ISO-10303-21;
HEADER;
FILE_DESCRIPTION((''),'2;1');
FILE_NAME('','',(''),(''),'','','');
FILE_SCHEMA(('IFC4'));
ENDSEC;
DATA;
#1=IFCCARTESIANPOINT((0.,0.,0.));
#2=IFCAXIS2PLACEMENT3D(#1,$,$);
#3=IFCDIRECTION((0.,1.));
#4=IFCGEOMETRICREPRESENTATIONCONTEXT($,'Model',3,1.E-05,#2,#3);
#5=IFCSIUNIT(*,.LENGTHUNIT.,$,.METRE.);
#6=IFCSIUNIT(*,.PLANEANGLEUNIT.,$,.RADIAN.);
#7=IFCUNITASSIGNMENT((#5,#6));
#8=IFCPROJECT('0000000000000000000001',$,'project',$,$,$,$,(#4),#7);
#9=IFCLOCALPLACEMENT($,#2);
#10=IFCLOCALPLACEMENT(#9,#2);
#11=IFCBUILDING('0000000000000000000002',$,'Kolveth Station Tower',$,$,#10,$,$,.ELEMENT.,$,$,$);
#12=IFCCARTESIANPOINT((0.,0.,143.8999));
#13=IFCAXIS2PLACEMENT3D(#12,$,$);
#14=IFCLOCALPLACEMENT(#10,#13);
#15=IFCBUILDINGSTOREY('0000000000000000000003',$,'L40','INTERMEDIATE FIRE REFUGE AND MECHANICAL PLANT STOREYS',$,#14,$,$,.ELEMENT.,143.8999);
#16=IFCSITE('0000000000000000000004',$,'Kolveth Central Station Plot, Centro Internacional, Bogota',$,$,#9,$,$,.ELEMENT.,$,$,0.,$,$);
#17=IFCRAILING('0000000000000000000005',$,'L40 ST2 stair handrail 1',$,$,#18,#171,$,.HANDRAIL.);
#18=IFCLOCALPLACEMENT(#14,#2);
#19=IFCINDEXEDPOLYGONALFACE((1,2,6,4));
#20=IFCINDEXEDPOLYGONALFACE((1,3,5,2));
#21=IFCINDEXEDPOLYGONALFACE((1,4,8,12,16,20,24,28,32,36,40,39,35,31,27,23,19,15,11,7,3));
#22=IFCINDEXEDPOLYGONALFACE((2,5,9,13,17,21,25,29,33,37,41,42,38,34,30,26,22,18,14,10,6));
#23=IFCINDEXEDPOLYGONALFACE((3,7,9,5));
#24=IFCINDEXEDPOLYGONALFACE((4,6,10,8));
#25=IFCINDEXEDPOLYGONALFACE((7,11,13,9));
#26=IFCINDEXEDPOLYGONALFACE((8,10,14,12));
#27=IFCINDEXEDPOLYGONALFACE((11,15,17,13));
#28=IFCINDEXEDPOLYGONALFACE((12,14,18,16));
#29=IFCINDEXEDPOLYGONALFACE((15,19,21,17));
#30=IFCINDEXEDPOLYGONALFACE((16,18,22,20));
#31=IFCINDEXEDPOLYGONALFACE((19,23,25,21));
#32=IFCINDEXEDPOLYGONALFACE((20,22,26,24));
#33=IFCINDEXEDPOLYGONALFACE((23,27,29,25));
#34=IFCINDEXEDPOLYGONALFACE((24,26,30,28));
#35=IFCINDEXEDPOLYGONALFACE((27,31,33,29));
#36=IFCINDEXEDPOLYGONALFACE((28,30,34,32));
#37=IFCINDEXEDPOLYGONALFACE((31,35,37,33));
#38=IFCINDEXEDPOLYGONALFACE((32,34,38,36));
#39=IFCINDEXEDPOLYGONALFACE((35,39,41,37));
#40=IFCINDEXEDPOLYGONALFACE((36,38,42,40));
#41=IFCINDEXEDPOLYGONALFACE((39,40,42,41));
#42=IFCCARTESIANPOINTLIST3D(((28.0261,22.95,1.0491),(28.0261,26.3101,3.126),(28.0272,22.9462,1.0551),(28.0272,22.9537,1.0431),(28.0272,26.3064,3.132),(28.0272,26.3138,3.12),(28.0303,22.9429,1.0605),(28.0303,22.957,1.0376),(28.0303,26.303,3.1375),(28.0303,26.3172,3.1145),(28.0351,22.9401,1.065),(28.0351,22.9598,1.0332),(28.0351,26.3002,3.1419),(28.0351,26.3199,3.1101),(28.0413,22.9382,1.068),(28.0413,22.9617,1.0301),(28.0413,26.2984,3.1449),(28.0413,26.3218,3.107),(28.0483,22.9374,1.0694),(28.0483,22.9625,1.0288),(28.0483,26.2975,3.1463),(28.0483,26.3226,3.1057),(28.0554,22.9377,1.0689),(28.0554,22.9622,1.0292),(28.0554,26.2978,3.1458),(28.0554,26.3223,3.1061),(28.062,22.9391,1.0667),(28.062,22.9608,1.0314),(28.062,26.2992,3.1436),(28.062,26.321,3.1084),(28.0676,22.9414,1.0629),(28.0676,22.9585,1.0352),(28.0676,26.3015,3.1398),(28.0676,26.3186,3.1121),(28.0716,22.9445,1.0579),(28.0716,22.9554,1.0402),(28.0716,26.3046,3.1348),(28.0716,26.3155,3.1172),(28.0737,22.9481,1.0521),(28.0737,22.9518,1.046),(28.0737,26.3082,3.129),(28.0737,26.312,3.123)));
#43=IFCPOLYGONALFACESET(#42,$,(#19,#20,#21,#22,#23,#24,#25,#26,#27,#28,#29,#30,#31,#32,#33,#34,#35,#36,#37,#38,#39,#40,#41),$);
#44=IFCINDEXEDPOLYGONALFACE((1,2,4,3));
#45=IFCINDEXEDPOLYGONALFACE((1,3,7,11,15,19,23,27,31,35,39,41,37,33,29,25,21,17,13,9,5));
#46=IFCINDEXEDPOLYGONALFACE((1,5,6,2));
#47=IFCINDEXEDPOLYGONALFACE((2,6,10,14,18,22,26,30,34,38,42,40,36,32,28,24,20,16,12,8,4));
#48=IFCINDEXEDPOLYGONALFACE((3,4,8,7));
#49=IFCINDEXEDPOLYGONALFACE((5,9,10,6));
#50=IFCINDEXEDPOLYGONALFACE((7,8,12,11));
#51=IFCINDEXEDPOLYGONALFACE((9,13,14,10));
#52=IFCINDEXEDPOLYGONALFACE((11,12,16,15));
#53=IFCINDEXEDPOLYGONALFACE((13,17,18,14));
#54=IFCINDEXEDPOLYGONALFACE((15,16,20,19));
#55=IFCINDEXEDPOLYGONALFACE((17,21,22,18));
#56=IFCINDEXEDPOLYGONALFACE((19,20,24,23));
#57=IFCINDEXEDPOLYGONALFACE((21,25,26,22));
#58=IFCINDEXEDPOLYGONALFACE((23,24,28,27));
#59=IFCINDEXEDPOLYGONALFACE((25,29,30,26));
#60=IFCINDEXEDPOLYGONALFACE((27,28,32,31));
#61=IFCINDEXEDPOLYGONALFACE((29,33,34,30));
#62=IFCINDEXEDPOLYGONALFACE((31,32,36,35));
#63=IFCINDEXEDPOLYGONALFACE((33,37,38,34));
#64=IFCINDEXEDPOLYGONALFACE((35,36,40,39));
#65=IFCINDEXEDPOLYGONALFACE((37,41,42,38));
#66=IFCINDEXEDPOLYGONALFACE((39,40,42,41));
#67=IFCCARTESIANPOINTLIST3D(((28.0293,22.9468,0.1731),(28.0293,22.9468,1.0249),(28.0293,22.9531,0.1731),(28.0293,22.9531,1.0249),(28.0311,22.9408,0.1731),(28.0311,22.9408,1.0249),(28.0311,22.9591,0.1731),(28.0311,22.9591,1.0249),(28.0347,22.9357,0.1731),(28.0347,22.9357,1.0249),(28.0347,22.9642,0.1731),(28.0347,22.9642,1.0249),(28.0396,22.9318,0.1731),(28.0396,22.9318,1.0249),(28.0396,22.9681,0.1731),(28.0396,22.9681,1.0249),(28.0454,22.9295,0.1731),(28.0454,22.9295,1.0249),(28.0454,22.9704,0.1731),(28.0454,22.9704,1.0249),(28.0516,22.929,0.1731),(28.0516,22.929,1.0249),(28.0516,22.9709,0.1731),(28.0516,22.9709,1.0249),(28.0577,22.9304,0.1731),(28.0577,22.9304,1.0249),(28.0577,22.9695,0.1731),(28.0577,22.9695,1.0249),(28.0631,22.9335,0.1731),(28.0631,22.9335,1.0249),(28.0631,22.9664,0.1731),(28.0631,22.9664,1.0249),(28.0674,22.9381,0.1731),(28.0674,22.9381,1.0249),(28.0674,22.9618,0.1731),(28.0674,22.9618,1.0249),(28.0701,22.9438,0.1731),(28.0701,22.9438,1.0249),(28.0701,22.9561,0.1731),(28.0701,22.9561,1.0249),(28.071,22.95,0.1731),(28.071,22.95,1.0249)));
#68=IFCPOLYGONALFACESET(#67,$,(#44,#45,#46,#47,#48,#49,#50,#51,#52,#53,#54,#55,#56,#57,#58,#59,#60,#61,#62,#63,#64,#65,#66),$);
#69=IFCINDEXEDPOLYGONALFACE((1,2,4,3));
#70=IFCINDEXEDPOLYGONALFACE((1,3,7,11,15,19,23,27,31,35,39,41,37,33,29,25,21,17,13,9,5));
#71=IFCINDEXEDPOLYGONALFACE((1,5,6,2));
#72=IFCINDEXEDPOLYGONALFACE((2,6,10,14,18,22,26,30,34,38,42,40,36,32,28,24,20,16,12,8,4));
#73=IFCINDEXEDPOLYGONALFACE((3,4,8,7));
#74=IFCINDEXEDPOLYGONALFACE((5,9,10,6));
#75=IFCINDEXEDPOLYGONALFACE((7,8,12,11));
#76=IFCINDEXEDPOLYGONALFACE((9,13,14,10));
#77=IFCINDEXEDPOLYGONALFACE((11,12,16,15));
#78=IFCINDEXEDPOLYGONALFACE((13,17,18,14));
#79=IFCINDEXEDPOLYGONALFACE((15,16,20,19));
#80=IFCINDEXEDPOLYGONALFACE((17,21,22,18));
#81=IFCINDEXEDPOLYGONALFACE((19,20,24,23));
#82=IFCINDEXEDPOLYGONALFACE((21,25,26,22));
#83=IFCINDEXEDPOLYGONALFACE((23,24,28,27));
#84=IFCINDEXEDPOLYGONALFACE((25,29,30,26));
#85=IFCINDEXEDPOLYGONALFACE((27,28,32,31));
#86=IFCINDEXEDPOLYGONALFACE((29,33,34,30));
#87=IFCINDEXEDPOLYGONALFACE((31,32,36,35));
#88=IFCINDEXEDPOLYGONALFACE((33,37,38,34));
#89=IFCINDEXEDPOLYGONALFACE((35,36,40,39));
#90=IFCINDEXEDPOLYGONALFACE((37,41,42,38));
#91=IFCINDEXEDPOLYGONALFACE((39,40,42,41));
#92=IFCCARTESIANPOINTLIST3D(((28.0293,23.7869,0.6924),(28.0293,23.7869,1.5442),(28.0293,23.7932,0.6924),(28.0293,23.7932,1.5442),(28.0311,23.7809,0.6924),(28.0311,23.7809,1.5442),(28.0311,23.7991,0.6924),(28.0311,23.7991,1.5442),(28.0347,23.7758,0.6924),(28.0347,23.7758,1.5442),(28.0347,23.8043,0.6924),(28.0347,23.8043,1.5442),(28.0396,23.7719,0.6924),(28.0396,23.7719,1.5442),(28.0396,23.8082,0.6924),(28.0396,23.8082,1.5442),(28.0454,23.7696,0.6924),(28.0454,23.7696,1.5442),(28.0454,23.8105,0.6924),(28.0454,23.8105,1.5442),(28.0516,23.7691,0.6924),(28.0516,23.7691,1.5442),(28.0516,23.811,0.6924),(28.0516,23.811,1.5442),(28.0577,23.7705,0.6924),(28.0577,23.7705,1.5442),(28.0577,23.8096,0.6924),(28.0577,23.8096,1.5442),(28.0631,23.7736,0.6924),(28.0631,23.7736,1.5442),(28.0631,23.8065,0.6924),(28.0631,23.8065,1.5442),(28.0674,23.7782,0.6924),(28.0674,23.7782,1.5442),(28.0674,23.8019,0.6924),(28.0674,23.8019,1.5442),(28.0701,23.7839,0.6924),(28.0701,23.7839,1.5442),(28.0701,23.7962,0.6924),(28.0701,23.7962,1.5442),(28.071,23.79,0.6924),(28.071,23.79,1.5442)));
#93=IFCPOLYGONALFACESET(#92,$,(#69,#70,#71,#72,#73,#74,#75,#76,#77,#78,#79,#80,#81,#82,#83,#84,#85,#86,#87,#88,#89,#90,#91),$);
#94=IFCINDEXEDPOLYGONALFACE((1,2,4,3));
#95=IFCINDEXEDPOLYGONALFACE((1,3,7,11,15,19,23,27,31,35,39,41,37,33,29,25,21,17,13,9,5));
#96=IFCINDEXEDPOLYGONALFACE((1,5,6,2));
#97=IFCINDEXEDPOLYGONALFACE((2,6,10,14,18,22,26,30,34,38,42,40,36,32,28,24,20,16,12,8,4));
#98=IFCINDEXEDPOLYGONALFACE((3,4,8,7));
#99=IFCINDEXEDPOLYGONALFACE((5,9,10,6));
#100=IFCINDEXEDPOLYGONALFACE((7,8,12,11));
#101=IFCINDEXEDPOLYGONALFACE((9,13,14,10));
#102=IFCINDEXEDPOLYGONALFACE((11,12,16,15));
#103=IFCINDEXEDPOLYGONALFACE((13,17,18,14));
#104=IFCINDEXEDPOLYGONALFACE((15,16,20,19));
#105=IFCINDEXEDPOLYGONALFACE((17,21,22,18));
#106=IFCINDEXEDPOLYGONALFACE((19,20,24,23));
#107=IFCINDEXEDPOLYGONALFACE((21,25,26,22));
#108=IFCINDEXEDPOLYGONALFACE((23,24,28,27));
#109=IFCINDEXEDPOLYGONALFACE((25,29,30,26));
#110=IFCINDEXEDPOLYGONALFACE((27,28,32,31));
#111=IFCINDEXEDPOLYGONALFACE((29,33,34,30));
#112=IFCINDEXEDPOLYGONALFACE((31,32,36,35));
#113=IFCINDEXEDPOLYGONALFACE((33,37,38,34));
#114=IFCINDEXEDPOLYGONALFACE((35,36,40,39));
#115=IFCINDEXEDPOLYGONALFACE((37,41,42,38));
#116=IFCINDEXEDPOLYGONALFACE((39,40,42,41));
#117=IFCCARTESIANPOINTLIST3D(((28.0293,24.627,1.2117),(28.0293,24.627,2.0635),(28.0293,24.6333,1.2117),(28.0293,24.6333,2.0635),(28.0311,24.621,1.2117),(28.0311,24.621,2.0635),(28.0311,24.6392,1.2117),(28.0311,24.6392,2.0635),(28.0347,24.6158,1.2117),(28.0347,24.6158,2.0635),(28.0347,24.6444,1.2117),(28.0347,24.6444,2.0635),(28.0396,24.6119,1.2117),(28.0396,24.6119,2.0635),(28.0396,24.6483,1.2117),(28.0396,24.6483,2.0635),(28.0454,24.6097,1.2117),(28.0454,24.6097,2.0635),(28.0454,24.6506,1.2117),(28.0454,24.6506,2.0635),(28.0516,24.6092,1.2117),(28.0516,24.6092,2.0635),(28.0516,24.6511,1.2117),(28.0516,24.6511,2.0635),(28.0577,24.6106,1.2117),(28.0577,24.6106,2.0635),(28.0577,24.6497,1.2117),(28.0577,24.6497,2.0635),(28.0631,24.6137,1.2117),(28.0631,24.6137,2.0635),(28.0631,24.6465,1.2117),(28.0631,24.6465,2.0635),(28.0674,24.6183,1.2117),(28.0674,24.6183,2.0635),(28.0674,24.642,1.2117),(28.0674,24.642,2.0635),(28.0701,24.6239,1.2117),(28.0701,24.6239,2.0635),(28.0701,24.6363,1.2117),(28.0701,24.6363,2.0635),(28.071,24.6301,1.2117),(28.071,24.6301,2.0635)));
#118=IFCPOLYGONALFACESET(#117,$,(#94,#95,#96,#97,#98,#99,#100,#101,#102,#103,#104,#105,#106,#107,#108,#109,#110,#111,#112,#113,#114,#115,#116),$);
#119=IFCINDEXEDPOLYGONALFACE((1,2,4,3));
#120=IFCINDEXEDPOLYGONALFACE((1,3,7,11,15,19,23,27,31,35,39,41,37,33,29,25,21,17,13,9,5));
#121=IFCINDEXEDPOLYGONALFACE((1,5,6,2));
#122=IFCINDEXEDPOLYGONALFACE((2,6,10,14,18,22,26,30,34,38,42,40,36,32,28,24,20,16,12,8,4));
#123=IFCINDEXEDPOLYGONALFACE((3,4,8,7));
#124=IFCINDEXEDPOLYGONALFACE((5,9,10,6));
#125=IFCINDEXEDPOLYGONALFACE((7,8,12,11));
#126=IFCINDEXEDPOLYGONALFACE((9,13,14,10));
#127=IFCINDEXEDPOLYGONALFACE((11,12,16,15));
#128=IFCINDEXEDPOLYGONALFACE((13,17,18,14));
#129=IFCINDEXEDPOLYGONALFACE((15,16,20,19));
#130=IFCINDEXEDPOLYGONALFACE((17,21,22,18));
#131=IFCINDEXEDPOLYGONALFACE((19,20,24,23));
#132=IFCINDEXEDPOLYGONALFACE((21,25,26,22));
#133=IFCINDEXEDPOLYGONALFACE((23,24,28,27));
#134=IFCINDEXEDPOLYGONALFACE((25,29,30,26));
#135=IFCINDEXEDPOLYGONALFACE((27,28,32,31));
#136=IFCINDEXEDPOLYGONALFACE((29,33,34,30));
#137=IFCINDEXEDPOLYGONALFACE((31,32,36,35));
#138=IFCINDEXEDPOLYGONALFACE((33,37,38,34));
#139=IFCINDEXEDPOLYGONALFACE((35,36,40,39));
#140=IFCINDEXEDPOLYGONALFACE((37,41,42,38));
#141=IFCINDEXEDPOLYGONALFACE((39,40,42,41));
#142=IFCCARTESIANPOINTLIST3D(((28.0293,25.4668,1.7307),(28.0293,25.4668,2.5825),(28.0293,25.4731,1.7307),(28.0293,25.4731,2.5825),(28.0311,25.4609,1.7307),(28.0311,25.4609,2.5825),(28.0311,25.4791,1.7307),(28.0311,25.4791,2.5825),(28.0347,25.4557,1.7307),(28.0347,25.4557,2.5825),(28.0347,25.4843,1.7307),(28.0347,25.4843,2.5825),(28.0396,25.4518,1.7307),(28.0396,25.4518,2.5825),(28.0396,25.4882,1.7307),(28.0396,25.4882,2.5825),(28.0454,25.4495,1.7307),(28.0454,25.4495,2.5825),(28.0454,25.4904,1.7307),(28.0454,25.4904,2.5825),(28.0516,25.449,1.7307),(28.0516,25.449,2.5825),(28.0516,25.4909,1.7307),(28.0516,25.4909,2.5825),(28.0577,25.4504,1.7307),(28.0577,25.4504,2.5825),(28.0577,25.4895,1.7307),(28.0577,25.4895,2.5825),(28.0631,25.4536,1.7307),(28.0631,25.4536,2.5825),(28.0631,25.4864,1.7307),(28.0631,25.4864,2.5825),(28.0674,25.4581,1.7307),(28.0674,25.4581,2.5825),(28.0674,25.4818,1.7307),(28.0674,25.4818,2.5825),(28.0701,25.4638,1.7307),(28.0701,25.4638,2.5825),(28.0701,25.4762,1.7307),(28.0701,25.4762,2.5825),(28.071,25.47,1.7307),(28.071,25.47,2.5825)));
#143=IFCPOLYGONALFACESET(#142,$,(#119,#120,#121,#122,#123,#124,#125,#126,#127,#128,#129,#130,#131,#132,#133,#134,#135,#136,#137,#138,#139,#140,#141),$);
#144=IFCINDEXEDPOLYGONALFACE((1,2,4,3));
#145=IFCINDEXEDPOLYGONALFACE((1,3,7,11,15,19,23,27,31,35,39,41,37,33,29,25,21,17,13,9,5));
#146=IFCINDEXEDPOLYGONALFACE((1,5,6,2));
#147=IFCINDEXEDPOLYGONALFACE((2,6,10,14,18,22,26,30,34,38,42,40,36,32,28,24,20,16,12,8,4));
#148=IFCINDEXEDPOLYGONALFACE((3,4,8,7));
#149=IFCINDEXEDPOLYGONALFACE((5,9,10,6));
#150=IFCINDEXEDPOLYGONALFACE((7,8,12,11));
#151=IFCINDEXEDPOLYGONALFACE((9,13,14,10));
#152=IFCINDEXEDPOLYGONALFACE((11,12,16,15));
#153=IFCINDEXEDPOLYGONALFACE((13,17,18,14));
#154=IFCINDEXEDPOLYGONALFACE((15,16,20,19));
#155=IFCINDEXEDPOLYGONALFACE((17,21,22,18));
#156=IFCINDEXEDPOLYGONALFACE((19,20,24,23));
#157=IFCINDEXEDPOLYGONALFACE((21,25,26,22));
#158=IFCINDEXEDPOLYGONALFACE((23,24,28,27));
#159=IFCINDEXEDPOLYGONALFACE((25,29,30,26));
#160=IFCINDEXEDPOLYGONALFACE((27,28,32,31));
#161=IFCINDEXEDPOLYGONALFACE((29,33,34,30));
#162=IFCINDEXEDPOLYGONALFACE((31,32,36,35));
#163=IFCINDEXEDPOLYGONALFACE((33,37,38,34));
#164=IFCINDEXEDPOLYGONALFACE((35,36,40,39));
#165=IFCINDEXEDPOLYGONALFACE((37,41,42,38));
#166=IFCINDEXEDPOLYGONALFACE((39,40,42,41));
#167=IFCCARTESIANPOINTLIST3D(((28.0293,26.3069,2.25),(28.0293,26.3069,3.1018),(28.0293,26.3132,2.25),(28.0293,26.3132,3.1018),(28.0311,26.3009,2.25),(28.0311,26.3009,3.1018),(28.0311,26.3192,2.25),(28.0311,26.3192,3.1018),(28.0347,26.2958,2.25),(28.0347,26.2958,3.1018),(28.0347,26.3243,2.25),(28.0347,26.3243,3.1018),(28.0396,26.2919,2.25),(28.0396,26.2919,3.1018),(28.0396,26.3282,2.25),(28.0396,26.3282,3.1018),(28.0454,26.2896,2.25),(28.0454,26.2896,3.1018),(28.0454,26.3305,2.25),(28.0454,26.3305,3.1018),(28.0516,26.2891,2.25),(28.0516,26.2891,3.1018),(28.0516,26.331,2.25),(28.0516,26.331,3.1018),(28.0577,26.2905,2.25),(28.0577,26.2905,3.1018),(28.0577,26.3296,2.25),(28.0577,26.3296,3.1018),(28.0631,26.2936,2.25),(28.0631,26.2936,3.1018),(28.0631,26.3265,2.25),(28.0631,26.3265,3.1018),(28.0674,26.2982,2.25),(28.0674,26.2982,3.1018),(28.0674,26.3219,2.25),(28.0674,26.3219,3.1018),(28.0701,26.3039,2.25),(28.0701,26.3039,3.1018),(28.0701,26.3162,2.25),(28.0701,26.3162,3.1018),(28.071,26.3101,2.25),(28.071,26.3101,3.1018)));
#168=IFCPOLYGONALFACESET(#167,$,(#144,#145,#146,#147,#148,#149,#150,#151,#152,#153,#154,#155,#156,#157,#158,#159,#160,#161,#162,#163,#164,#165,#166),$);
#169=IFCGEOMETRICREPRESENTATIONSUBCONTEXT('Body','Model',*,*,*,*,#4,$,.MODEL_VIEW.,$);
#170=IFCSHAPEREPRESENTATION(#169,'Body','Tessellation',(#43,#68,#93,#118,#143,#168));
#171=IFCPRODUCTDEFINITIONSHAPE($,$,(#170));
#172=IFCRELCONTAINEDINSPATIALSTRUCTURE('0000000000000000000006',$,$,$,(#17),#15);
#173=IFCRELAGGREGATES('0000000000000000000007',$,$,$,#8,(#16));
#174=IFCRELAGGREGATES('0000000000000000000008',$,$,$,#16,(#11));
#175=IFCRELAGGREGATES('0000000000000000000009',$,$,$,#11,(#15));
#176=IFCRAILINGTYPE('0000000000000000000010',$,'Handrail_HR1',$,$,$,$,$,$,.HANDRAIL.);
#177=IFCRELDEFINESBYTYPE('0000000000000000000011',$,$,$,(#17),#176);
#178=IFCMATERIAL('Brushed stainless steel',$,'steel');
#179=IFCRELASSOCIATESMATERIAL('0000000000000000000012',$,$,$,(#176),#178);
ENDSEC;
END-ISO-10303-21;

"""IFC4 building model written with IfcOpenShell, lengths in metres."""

from ifc_helpers import new_model, si_unit, direction, frame, origin, origin_2d, place, context, subcontext, project, spatial, circle, extrude, material, type_object, element, save


model = new_model("IFC4")

# Units and contexts
model_context = context("Model", 3, precision=1e-05, world=origin(), true_north=direction((0.0, 1.0)))
body_context = subcontext(model_context, "Body", "Model", "MODEL_VIEW")
ifc_project = project(units=[si_unit("LENGTHUNIT", "METRE"), si_unit("PLANEANGLEUNIT", "RADIAN")], contexts=[model_context])

# Site, building, storey
site_placement = place(None, origin())
site = spatial("IfcSite", under=ifc_project, at=site_placement, Name="Kolveth Central Station Plot, Centro Internacional, Bogota", CompositionType="ELEMENT", RefElevation=0.0)
building_placement = place(site_placement, origin())
building = spatial("IfcBuilding", under=site, at=building_placement, Name="Kolveth Station Tower", CompositionType="ELEMENT")
storey_placement = place(building_placement, frame((0.0, 0.0, 143.8999)))
storey = spatial("IfcBuildingStorey", under=building, at=storey_placement, Name="L40", Description="INTERMEDIATE FIRE REFUGE AND MECHANICAL PLANT STOREYS", CompositionType="ELEMENT", Elevation=143.8999)

# Railing
ifc_material_1 = material(Name="Brushed stainless steel", Category="steel")
railing_type_1 = type_object("IfcRailingType", Name="Handrail_HR1", PredefinedType="HANDRAIL", material=ifc_material_1)
for number, where, name in (
    (1, (28.05, 22.95, 0.1731), "L40 ST2 stair handrail 1"),
):
    element("IfcRailing", number, at=place(storey_placement, frame(where)), inside=storey, type_object=railing_type_1, Name=name, PredefinedType="HANDRAIL", context=body_context, shape_type="SweptSolid", body=[
        extrude(circle(Radius=0.0239, at=origin_2d()), frame((0.0, 0.0, 0.876), z_axis=(0.0, 0.850623, 0.525776), x_axis=(-1.0, 0.0, 0.0)), (0.0, 0.0, 1.0), 3.9502),
        extrude(circle(Radius=0.021, at=origin_2d()), origin(), (0.0, 0.0, 1.0), 0.8518),
        extrude(circle(Radius=0.021, at=origin_2d()), frame((0.0, 0.8401, 0.5193)), (0.0, 0.0, 1.0), 0.8518),
        extrude(circle(Radius=0.021, at=origin_2d()), frame((0.0, 1.6802, 1.0386)), (0.0, 0.0, 1.0), 0.8518),
        extrude(circle(Radius=0.021, at=origin_2d()), frame((0.0, 2.52, 1.5576)), (0.0, 0.0, 1.0), 0.8518),
        extrude(circle(Radius=0.021, at=origin_2d()), frame((0.0, 3.3601, 2.0769)), (0.0, 0.0, 1.0), 0.8518),
    ])

save(model, "model.ifc")
